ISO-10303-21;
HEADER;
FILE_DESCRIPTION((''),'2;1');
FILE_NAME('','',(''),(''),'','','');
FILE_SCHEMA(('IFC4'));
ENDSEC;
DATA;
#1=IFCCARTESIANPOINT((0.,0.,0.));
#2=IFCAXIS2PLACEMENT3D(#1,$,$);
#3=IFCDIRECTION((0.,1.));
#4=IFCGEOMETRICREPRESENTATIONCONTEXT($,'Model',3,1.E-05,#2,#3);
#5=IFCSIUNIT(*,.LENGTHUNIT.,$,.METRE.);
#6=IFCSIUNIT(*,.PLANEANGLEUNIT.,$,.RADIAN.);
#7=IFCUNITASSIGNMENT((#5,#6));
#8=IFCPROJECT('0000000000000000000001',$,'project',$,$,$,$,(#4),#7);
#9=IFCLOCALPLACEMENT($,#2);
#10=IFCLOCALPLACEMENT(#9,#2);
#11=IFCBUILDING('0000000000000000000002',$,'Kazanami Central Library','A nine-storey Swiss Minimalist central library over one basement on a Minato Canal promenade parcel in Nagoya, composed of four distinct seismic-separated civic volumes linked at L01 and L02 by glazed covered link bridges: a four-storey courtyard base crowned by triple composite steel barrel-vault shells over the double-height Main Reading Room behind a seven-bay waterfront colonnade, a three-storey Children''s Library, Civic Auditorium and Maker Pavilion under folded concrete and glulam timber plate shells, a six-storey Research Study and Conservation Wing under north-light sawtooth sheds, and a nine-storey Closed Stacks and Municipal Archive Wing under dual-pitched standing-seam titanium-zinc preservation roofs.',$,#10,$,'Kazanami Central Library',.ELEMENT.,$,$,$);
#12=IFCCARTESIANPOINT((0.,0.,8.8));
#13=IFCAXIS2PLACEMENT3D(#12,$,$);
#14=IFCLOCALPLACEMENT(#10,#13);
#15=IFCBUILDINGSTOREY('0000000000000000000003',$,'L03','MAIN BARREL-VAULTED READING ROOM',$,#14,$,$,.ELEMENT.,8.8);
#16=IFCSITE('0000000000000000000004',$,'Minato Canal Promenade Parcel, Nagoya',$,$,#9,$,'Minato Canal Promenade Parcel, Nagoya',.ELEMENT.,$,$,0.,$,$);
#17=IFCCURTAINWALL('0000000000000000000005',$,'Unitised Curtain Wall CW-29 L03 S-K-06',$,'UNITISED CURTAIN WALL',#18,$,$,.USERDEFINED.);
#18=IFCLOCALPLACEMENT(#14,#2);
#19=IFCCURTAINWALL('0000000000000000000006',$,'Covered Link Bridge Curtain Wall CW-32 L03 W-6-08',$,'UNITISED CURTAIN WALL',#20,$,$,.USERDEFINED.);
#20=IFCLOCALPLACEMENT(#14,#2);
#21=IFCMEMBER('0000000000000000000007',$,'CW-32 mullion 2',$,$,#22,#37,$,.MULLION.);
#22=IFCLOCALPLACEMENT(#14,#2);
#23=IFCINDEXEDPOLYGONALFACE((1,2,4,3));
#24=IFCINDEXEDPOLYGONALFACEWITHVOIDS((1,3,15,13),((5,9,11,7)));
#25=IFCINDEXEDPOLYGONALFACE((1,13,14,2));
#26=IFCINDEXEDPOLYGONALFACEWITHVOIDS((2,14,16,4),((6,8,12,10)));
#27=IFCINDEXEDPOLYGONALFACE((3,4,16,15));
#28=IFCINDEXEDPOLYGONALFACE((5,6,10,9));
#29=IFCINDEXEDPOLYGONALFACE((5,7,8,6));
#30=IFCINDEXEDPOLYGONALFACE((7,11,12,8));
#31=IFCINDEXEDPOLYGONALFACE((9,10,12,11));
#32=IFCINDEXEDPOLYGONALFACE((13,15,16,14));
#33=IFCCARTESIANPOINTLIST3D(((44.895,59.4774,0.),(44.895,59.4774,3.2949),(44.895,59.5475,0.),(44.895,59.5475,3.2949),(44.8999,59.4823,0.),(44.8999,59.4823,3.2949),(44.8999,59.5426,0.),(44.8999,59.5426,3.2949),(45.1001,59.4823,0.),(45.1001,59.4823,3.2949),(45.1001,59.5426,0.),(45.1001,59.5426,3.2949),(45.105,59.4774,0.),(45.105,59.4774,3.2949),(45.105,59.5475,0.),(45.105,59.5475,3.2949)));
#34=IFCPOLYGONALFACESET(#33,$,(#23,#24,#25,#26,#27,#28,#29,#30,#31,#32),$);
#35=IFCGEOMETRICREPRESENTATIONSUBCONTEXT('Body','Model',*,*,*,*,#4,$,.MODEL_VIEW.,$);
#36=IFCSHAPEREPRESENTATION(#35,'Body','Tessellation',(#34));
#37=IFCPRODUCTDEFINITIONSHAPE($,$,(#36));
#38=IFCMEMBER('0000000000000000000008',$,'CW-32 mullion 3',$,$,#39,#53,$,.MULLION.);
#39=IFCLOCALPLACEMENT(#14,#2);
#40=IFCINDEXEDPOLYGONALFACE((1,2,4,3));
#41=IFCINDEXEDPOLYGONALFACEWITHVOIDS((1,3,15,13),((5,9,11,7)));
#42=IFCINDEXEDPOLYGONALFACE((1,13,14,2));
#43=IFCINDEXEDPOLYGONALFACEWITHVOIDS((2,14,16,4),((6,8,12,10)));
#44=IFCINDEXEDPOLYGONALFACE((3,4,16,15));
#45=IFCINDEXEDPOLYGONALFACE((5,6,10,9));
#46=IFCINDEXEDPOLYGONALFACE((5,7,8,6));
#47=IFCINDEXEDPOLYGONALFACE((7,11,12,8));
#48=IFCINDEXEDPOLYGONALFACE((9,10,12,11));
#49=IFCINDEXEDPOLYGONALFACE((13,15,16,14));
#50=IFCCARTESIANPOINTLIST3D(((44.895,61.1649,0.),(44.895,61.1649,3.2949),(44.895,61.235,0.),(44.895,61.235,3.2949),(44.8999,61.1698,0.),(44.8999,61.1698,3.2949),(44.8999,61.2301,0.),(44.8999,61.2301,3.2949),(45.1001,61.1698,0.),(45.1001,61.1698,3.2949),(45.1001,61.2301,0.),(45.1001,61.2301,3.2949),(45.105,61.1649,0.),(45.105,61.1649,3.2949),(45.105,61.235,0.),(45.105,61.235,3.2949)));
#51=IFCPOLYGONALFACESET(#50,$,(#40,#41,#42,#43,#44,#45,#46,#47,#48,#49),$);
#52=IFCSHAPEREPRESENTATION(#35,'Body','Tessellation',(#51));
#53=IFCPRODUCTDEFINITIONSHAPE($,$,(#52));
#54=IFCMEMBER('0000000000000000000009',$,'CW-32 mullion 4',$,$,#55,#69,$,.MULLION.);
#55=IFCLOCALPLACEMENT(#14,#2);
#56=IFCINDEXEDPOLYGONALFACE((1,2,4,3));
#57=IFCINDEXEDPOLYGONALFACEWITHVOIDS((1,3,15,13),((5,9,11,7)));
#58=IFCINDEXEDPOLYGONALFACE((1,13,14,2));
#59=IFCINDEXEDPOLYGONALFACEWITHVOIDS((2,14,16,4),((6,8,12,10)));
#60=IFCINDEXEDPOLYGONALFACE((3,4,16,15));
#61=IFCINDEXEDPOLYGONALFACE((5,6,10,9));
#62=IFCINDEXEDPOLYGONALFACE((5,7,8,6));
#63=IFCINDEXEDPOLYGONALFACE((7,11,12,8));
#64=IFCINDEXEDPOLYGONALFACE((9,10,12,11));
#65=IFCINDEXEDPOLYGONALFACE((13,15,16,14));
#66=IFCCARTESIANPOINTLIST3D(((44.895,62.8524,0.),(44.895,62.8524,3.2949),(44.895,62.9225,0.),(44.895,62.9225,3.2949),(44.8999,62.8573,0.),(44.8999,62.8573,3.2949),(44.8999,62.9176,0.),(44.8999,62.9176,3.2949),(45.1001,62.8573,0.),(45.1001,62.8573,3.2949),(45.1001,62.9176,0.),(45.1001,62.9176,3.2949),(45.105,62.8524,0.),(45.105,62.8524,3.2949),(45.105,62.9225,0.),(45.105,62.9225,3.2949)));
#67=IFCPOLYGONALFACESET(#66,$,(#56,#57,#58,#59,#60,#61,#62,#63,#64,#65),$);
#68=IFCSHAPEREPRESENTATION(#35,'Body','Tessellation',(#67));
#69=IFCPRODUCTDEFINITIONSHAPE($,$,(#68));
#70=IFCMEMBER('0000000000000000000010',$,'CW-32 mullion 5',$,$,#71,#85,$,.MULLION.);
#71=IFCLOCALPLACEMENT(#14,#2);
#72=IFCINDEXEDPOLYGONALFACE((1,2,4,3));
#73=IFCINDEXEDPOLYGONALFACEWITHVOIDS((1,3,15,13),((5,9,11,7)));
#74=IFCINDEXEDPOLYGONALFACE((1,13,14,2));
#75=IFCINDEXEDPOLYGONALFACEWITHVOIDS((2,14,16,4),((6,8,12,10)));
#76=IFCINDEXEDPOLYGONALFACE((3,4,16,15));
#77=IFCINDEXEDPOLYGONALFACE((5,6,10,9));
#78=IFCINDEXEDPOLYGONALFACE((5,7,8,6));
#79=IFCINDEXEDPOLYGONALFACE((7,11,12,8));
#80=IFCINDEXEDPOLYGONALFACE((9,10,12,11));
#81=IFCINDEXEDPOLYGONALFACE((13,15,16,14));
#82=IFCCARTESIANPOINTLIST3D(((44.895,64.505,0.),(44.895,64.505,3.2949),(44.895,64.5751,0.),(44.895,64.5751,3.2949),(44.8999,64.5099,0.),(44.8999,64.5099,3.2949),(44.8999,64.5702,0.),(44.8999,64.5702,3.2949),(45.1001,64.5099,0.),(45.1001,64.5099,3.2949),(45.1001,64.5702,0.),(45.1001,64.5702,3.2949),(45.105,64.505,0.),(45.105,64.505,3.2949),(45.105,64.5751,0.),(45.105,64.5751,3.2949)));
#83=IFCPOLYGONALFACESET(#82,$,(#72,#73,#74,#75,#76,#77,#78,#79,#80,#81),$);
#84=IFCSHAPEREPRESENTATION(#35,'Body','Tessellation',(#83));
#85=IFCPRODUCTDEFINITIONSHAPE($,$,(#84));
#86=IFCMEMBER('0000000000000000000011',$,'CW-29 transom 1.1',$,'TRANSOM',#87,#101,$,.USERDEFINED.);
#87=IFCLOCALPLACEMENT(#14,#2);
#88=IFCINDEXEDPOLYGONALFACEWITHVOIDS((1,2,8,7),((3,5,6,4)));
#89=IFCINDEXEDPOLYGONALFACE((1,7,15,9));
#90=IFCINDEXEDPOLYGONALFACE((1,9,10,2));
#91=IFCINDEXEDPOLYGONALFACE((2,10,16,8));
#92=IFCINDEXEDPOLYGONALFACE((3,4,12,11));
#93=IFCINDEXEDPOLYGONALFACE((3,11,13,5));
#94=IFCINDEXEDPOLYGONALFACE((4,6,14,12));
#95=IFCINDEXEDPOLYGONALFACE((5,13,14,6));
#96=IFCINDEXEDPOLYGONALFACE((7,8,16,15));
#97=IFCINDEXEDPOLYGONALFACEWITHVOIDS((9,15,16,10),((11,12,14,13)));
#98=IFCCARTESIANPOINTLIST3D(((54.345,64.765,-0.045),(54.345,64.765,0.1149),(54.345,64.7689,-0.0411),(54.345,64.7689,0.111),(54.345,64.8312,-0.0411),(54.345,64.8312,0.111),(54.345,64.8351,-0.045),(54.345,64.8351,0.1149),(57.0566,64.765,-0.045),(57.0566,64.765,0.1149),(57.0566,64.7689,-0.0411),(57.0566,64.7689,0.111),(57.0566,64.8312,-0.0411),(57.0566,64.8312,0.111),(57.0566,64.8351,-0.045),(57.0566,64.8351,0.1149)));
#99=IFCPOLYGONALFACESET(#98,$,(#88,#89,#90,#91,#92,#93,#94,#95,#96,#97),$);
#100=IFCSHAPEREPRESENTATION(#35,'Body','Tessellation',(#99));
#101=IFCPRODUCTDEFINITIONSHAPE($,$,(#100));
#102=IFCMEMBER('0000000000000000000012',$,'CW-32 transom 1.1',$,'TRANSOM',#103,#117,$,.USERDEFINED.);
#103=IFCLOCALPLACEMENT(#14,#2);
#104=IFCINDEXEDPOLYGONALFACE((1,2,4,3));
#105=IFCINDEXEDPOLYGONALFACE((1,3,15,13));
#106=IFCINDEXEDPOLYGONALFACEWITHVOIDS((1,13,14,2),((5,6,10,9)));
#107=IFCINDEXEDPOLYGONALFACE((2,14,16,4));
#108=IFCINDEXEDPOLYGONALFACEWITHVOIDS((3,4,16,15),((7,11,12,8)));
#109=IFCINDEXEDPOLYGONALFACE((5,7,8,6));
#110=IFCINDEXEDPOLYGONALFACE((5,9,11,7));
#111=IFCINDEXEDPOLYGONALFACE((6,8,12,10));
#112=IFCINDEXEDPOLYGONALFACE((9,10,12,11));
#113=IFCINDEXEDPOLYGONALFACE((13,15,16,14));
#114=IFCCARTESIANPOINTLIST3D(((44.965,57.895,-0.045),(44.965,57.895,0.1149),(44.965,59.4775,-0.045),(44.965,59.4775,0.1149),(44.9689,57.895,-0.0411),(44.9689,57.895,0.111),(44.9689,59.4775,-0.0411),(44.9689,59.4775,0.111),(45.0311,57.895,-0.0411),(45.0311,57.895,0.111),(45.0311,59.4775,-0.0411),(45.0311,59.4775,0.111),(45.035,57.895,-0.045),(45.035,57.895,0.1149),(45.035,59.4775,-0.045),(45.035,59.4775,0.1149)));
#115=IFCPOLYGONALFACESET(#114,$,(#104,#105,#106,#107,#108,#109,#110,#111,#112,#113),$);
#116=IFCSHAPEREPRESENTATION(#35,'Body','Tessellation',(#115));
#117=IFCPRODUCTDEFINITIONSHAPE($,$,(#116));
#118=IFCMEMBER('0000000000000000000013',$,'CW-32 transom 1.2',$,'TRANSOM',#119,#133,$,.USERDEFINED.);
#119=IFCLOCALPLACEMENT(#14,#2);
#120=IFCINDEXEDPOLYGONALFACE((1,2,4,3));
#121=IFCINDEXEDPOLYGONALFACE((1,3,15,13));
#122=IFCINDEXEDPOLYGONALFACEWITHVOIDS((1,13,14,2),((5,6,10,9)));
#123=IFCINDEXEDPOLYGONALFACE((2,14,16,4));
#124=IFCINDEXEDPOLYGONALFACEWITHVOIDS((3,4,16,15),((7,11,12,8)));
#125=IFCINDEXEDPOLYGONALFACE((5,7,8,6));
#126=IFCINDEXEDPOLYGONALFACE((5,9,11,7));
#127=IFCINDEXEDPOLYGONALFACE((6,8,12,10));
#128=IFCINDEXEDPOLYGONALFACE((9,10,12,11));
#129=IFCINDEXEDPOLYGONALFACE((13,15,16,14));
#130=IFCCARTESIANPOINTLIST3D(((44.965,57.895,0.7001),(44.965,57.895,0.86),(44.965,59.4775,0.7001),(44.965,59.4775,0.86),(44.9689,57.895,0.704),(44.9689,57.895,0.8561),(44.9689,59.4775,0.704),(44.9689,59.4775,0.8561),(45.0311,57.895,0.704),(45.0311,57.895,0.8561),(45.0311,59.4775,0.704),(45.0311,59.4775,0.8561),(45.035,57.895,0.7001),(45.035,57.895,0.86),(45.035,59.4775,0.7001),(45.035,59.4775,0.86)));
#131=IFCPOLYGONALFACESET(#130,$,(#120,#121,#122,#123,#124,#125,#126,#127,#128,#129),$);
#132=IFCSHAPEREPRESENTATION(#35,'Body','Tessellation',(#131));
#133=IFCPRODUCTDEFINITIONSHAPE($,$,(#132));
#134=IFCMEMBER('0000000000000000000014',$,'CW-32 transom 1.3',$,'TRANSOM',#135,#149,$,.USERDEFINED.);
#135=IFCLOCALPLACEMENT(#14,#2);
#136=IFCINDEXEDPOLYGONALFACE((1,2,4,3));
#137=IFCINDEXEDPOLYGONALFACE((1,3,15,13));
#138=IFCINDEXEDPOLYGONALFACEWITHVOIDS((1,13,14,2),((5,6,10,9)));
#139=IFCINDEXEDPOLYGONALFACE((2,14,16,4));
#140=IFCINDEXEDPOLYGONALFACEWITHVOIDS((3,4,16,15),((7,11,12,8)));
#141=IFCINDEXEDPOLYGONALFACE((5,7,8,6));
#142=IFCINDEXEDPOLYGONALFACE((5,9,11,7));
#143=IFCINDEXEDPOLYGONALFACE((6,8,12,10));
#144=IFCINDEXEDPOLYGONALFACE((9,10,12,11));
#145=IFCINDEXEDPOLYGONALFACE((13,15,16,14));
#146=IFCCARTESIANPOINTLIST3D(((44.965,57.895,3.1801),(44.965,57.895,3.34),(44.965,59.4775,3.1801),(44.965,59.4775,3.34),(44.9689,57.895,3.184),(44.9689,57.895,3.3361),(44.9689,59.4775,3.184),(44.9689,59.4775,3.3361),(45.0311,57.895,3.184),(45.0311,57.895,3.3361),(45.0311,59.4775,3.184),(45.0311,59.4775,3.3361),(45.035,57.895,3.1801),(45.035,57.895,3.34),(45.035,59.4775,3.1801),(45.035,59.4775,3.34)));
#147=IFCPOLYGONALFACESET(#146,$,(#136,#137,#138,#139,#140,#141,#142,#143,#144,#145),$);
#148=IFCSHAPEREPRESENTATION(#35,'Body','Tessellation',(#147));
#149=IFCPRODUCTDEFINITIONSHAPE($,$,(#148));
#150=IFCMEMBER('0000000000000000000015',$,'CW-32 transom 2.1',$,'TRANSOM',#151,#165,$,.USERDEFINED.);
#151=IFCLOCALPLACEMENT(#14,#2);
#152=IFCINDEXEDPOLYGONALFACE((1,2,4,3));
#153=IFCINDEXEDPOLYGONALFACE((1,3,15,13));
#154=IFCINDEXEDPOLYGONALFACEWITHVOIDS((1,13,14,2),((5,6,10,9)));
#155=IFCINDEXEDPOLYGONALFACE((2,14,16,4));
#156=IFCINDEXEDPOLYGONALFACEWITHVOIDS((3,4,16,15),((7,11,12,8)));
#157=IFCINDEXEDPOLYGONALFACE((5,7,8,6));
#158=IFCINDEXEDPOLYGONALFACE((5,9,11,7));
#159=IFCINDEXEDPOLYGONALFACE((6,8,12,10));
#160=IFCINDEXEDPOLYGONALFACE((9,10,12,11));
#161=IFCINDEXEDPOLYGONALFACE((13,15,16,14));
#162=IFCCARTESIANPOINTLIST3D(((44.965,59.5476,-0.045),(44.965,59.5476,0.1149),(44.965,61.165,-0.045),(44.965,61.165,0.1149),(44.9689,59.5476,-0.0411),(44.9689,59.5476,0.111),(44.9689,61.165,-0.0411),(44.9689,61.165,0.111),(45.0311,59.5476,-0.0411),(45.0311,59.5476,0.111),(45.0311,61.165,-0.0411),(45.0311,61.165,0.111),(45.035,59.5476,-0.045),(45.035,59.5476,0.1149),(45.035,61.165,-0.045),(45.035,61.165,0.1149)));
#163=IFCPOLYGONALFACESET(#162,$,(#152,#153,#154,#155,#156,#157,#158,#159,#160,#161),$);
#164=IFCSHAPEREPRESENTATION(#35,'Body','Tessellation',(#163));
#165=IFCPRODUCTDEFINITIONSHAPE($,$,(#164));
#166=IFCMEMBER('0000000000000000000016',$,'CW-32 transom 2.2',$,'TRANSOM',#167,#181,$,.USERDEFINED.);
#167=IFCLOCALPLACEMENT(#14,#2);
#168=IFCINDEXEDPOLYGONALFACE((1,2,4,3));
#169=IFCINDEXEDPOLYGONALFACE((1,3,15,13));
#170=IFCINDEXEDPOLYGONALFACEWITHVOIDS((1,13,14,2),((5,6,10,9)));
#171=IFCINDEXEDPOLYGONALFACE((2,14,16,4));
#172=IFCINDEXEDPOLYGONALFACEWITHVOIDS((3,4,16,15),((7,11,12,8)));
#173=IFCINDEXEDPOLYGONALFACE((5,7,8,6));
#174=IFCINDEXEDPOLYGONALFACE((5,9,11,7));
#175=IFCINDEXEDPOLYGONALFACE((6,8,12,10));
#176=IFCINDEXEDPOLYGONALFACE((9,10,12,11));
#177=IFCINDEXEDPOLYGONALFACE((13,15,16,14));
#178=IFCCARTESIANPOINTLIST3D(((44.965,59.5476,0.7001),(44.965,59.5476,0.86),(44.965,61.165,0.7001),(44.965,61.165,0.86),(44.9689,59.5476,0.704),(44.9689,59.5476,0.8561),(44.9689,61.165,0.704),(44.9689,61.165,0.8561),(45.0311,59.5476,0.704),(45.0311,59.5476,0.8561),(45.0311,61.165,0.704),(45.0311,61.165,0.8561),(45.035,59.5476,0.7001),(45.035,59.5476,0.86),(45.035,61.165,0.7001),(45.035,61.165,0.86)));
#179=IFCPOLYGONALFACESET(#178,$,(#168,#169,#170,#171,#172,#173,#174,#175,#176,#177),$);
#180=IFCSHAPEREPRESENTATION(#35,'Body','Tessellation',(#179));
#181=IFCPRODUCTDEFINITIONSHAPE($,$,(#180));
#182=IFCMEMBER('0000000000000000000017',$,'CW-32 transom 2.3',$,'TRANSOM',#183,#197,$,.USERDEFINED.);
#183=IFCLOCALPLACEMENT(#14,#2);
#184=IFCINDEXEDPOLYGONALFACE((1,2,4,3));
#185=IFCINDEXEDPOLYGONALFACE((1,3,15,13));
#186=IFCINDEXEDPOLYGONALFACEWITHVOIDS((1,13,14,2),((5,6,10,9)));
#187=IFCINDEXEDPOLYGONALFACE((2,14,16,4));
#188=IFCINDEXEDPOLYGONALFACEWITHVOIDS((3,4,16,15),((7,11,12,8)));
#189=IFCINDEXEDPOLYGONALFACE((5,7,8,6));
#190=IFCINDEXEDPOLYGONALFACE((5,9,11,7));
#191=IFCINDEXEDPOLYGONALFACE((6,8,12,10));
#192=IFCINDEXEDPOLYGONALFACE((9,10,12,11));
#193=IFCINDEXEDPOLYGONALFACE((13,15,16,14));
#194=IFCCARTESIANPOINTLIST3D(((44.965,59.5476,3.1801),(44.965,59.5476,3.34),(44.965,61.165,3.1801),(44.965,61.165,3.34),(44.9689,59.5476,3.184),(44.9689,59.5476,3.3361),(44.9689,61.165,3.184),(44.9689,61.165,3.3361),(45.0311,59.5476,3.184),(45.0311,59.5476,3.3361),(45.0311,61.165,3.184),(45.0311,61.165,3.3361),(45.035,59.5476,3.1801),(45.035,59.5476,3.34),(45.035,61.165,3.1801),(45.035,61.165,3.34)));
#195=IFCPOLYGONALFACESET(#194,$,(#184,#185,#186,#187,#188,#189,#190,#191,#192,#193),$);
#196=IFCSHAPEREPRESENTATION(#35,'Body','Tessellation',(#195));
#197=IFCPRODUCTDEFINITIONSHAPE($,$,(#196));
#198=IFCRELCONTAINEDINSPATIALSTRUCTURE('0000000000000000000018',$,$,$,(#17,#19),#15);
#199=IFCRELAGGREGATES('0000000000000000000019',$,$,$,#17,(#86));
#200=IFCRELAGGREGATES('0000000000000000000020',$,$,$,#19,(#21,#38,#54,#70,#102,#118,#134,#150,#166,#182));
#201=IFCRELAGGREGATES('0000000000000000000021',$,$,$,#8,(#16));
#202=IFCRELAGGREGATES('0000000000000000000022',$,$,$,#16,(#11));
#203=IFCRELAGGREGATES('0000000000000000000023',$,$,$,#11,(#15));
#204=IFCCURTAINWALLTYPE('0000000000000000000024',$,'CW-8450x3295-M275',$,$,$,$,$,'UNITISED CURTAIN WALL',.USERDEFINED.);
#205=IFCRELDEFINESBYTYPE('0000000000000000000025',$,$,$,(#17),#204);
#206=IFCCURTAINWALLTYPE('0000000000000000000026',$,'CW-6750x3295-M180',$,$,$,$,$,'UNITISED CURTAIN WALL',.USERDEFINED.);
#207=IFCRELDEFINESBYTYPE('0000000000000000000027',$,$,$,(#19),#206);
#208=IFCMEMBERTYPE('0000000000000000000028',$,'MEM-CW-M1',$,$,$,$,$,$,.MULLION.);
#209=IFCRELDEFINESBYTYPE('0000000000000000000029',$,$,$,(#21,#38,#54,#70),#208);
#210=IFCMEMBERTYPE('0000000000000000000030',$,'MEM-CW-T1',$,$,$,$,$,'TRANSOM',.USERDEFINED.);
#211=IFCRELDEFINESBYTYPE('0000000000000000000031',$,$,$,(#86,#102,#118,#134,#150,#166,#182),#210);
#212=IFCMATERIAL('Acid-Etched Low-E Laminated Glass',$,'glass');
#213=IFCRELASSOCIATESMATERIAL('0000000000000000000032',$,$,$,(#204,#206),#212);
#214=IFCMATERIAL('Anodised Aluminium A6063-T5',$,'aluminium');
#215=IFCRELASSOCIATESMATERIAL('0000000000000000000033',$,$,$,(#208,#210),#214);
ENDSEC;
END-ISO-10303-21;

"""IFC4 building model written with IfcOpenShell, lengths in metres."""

from ifc_helpers import new_model, si_unit, direction, frame, origin, origin_2d, place, context, subcontext, project, spatial, hollow_rectangle, extrude, material, material_profile, profile_set, type_object, element, aggregate, save


model = new_model("IFC4")

# Units and contexts
model_context = context("Model", 3, precision=1e-05, world=origin(), true_north=direction((0.0, 1.0)))
body_context = subcontext(model_context, "Body", "Model", "MODEL_VIEW")
ifc_project = project(units=[si_unit("LENGTHUNIT", "METRE"), si_unit("PLANEANGLEUNIT", "RADIAN")], contexts=[model_context])

# Site, building, storey
site_placement = place(None, origin())
site = spatial("IfcSite", under=ifc_project, at=site_placement, Name="Minato Canal Promenade Parcel, Nagoya", LongName="Minato Canal Promenade Parcel, Nagoya", CompositionType="ELEMENT", RefElevation=0.0)
building_placement = place(site_placement, origin())
building = spatial("IfcBuilding", under=site, at=building_placement, Name="Kazanami Central Library", Description="A nine-storey Swiss Minimalist central library over one basement on a Minato Canal promenade parcel in Nagoya, composed of four distinct seismic-separated civic volumes linked at L01 and L02 by glazed covered link bridges: a four-storey courtyard base crowned by triple composite steel barrel-vault shells over the double-height Main Reading Room behind a seven-bay waterfront colonnade, a three-storey Children's Library, Civic Auditorium and Maker Pavilion under folded concrete and glulam timber plate shells, a six-storey Research Study and Conservation Wing under north-light sawtooth sheds, and a nine-storey Closed Stacks and Municipal Archive Wing under dual-pitched standing-seam titanium-zinc preservation roofs.", LongName="Kazanami Central Library", CompositionType="ELEMENT")
storey_placement = place(building_placement, frame((0.0, 0.0, 8.8)))
storey = spatial("IfcBuildingStorey", under=building, at=storey_placement, Name="L03", Description="MAIN BARREL-VAULTED READING ROOM", CompositionType="ELEMENT", Elevation=8.8)

# Curtain wall
ifc_material_1 = material(Name="Acid-Etched Low-E Laminated Glass", Category="glass")
curtain_wall_type_1 = type_object("IfcCurtainWallType", Name="CW-8450x3295-M275", ElementType="UNITISED CURTAIN WALL", PredefinedType="USERDEFINED", material=ifc_material_1)
curtain_wall_1_placement = place(storey_placement, origin())
curtain_wall_1 = element("IfcCurtainWall", 1, at=curtain_wall_1_placement, inside=storey, type_object=curtain_wall_type_1, Name="Unitised Curtain Wall CW-29 L03 S-K-06", ObjectType="UNITISED CURTAIN WALL", PredefinedType="USERDEFINED")
ifc_material_2 = material(Name="Anodised Aluminium A6063-T5", Category="aluminium")
ifc_material_profile_1 = material_profile(ifc_material_2, hollow_rectangle(XDim=0.0701, YDim=0.21, WallThickness=0.0049, at=origin_2d()), Name="ALU-MULL-70x210x5")
ifc_profile_set_1 = profile_set([ifc_material_profile_1], Name="Anodised Aluminium A6063-T5")
member_type_1 = type_object("IfcMemberType", Name="MEM-CW-M1", PredefinedType="MULLION", material=ifc_profile_set_1)

# Curtain wall, members
curtain_wall_type_2 = type_object("IfcCurtainWallType", Name="CW-6750x3295-M180", ElementType="UNITISED CURTAIN WALL", PredefinedType="USERDEFINED", material=ifc_material_1)
curtain_wall_2_placement = place(storey_placement, origin())
curtain_wall_2 = element("IfcCurtainWall", 2, at=curtain_wall_2_placement, inside=storey, type_object=curtain_wall_type_2, Name="Covered Link Bridge Curtain Wall CW-32 L03 W-6-08", ObjectType="UNITISED CURTAIN WALL", PredefinedType="USERDEFINED")
member_1_placement = place(storey_placement, frame((45.0, 59.5125, 0.0), z_axis=(0.0, 0.0, 1.0), x_axis=(0.0, 1.0, 0.0)))
member_1 = element("IfcMember", 3, at=member_1_placement, type_object=member_type_1, Name="CW-32 mullion 2", PredefinedType="MULLION", context=body_context, shape_type="SweptSolid", body=[
    extrude(hollow_rectangle(XDim=0.0701, YDim=0.21, WallThickness=0.0049, at=origin_2d()), origin(), (0.0, 0.0, 1.0), 3.2949),
])
member_2_placement = place(storey_placement, frame((45.0, 61.2, 0.0), z_axis=(0.0, 0.0, 1.0), x_axis=(0.0, 1.0, 0.0)))
member_2 = element("IfcMember", 4, at=member_2_placement, type_object=member_type_1, Name="CW-32 mullion 3", PredefinedType="MULLION", context=body_context, shape_type="SweptSolid", body=[
    extrude(hollow_rectangle(XDim=0.0701, YDim=0.21, WallThickness=0.0049, at=origin_2d()), origin(), (0.0, 0.0, 1.0), 3.2949),
])
member_3_placement = place(storey_placement, frame((45.0, 62.8875, 0.0), z_axis=(0.0, 0.0, 1.0), x_axis=(0.0, 1.0, 0.0)))
member_3 = element("IfcMember", 5, at=member_3_placement, type_object=member_type_1, Name="CW-32 mullion 4", PredefinedType="MULLION", context=body_context, shape_type="SweptSolid", body=[
    extrude(hollow_rectangle(XDim=0.0701, YDim=0.21, WallThickness=0.0049, at=origin_2d()), origin(), (0.0, 0.0, 1.0), 3.2949),
])
member_4_placement = place(storey_placement, frame((45.0, 64.54, 0.0), z_axis=(0.0, 0.0, 1.0), x_axis=(0.0, 1.0, 0.0)))
member_4 = element("IfcMember", 6, at=member_4_placement, type_object=member_type_1, Name="CW-32 mullion 5", PredefinedType="MULLION", context=body_context, shape_type="SweptSolid", body=[
    extrude(hollow_rectangle(XDim=0.0701, YDim=0.21, WallThickness=0.0049, at=origin_2d()), origin(), (0.0, 0.0, 1.0), 3.2949),
])

# Members
ifc_material_profile_2 = material_profile(ifc_material_2, hollow_rectangle(XDim=0.0701, YDim=0.1599, WallThickness=0.0039, at=origin_2d()), Name="ALU-TRAN-70x160x4")
ifc_profile_set_2 = profile_set([ifc_material_profile_2], Name="Anodised Aluminium A6063-T5")
member_type_2 = type_object("IfcMemberType", Name="MEM-CW-T1", ElementType="TRANSOM", PredefinedType="USERDEFINED", material=ifc_profile_set_2)
member_5_placement = place(storey_placement, frame((54.345, 64.8, 0.0349), z_axis=(1.0, 0.0, 0.0), x_axis=(0.0, 1.0, 0.0)))
member_5 = element("IfcMember", 7, at=member_5_placement, type_object=member_type_2, Name="CW-29 transom 1.1", ObjectType="TRANSOM", PredefinedType="USERDEFINED", context=body_context, shape_type="SweptSolid", body=[
    extrude(hollow_rectangle(XDim=0.0701, YDim=0.1599, WallThickness=0.0039, at=origin_2d()), origin(), (0.0, 0.0, 1.0), 2.7117),
])
aggregate(curtain_wall_1, [member_5])
member_6_placement = place(storey_placement, frame((45.0, 57.895, 0.0349), z_axis=(0.0, 1.0, 0.0), x_axis=(-1.0, 0.0, 0.0)))
member_6 = element("IfcMember", 8, at=member_6_placement, type_object=member_type_2, Name="CW-32 transom 1.1", ObjectType="TRANSOM", PredefinedType="USERDEFINED", context=body_context, shape_type="SweptSolid", body=[
    extrude(hollow_rectangle(XDim=0.0701, YDim=0.1599, WallThickness=0.0039, at=origin_2d()), origin(), (0.0, 0.0, 1.0), 1.5825),
])
member_7_placement = place(storey_placement, frame((45.0, 57.895, 0.78), z_axis=(0.0, 1.0, 0.0), x_axis=(-1.0, 0.0, 0.0)))
member_7 = element("IfcMember", 9, at=member_7_placement, type_object=member_type_2, Name="CW-32 transom 1.2", ObjectType="TRANSOM", PredefinedType="USERDEFINED", context=body_context, shape_type="SweptSolid", body=[
    extrude(hollow_rectangle(XDim=0.0701, YDim=0.1599, WallThickness=0.0039, at=origin_2d()), origin(), (0.0, 0.0, 1.0), 1.5825),
])
member_8_placement = place(storey_placement, frame((45.0, 57.895, 3.26), z_axis=(0.0, 1.0, 0.0), x_axis=(-1.0, 0.0, 0.0)))
member_8 = element("IfcMember", 10, at=member_8_placement, type_object=member_type_2, Name="CW-32 transom 1.3", ObjectType="TRANSOM", PredefinedType="USERDEFINED", context=body_context, shape_type="SweptSolid", body=[
    extrude(hollow_rectangle(XDim=0.0701, YDim=0.1599, WallThickness=0.0039, at=origin_2d()), origin(), (0.0, 0.0, 1.0), 1.5825),
])
member_9_placement = place(storey_placement, frame((45.0, 59.5476, 0.0349), z_axis=(0.0, 1.0, 0.0), x_axis=(-1.0, 0.0, 0.0)))
member_9 = element("IfcMember", 11, at=member_9_placement, type_object=member_type_2, Name="CW-32 transom 2.1", ObjectType="TRANSOM", PredefinedType="USERDEFINED", context=body_context, shape_type="SweptSolid", body=[
    extrude(hollow_rectangle(XDim=0.0701, YDim=0.1599, WallThickness=0.0039, at=origin_2d()), origin(), (0.0, 0.0, 1.0), 1.6174),
])
member_10_placement = place(storey_placement, frame((45.0, 59.5476, 0.78), z_axis=(0.0, 1.0, 0.0), x_axis=(-1.0, 0.0, 0.0)))
member_10 = element("IfcMember", 12, at=member_10_placement, type_object=member_type_2, Name="CW-32 transom 2.2", ObjectType="TRANSOM", PredefinedType="USERDEFINED", context=body_context, shape_type="SweptSolid", body=[
    extrude(hollow_rectangle(XDim=0.0701, YDim=0.1599, WallThickness=0.0039, at=origin_2d()), origin(), (0.0, 0.0, 1.0), 1.6174),
])
member_11_placement = place(storey_placement, frame((45.0, 59.5476, 3.26), z_axis=(0.0, 1.0, 0.0), x_axis=(-1.0, 0.0, 0.0)))
member_11 = element("IfcMember", 13, at=member_11_placement, type_object=member_type_2, Name="CW-32 transom 2.3", ObjectType="TRANSOM", PredefinedType="USERDEFINED", context=body_context, shape_type="SweptSolid", body=[
    extrude(hollow_rectangle(XDim=0.0701, YDim=0.1599, WallThickness=0.0039, at=origin_2d()), origin(), (0.0, 0.0, 1.0), 1.6174),
])

aggregate(curtain_wall_2, [member_1, member_2, member_3, member_4, member_6, member_7, member_8, member_9, member_10, member_11])

save(model, "model.ifc")
